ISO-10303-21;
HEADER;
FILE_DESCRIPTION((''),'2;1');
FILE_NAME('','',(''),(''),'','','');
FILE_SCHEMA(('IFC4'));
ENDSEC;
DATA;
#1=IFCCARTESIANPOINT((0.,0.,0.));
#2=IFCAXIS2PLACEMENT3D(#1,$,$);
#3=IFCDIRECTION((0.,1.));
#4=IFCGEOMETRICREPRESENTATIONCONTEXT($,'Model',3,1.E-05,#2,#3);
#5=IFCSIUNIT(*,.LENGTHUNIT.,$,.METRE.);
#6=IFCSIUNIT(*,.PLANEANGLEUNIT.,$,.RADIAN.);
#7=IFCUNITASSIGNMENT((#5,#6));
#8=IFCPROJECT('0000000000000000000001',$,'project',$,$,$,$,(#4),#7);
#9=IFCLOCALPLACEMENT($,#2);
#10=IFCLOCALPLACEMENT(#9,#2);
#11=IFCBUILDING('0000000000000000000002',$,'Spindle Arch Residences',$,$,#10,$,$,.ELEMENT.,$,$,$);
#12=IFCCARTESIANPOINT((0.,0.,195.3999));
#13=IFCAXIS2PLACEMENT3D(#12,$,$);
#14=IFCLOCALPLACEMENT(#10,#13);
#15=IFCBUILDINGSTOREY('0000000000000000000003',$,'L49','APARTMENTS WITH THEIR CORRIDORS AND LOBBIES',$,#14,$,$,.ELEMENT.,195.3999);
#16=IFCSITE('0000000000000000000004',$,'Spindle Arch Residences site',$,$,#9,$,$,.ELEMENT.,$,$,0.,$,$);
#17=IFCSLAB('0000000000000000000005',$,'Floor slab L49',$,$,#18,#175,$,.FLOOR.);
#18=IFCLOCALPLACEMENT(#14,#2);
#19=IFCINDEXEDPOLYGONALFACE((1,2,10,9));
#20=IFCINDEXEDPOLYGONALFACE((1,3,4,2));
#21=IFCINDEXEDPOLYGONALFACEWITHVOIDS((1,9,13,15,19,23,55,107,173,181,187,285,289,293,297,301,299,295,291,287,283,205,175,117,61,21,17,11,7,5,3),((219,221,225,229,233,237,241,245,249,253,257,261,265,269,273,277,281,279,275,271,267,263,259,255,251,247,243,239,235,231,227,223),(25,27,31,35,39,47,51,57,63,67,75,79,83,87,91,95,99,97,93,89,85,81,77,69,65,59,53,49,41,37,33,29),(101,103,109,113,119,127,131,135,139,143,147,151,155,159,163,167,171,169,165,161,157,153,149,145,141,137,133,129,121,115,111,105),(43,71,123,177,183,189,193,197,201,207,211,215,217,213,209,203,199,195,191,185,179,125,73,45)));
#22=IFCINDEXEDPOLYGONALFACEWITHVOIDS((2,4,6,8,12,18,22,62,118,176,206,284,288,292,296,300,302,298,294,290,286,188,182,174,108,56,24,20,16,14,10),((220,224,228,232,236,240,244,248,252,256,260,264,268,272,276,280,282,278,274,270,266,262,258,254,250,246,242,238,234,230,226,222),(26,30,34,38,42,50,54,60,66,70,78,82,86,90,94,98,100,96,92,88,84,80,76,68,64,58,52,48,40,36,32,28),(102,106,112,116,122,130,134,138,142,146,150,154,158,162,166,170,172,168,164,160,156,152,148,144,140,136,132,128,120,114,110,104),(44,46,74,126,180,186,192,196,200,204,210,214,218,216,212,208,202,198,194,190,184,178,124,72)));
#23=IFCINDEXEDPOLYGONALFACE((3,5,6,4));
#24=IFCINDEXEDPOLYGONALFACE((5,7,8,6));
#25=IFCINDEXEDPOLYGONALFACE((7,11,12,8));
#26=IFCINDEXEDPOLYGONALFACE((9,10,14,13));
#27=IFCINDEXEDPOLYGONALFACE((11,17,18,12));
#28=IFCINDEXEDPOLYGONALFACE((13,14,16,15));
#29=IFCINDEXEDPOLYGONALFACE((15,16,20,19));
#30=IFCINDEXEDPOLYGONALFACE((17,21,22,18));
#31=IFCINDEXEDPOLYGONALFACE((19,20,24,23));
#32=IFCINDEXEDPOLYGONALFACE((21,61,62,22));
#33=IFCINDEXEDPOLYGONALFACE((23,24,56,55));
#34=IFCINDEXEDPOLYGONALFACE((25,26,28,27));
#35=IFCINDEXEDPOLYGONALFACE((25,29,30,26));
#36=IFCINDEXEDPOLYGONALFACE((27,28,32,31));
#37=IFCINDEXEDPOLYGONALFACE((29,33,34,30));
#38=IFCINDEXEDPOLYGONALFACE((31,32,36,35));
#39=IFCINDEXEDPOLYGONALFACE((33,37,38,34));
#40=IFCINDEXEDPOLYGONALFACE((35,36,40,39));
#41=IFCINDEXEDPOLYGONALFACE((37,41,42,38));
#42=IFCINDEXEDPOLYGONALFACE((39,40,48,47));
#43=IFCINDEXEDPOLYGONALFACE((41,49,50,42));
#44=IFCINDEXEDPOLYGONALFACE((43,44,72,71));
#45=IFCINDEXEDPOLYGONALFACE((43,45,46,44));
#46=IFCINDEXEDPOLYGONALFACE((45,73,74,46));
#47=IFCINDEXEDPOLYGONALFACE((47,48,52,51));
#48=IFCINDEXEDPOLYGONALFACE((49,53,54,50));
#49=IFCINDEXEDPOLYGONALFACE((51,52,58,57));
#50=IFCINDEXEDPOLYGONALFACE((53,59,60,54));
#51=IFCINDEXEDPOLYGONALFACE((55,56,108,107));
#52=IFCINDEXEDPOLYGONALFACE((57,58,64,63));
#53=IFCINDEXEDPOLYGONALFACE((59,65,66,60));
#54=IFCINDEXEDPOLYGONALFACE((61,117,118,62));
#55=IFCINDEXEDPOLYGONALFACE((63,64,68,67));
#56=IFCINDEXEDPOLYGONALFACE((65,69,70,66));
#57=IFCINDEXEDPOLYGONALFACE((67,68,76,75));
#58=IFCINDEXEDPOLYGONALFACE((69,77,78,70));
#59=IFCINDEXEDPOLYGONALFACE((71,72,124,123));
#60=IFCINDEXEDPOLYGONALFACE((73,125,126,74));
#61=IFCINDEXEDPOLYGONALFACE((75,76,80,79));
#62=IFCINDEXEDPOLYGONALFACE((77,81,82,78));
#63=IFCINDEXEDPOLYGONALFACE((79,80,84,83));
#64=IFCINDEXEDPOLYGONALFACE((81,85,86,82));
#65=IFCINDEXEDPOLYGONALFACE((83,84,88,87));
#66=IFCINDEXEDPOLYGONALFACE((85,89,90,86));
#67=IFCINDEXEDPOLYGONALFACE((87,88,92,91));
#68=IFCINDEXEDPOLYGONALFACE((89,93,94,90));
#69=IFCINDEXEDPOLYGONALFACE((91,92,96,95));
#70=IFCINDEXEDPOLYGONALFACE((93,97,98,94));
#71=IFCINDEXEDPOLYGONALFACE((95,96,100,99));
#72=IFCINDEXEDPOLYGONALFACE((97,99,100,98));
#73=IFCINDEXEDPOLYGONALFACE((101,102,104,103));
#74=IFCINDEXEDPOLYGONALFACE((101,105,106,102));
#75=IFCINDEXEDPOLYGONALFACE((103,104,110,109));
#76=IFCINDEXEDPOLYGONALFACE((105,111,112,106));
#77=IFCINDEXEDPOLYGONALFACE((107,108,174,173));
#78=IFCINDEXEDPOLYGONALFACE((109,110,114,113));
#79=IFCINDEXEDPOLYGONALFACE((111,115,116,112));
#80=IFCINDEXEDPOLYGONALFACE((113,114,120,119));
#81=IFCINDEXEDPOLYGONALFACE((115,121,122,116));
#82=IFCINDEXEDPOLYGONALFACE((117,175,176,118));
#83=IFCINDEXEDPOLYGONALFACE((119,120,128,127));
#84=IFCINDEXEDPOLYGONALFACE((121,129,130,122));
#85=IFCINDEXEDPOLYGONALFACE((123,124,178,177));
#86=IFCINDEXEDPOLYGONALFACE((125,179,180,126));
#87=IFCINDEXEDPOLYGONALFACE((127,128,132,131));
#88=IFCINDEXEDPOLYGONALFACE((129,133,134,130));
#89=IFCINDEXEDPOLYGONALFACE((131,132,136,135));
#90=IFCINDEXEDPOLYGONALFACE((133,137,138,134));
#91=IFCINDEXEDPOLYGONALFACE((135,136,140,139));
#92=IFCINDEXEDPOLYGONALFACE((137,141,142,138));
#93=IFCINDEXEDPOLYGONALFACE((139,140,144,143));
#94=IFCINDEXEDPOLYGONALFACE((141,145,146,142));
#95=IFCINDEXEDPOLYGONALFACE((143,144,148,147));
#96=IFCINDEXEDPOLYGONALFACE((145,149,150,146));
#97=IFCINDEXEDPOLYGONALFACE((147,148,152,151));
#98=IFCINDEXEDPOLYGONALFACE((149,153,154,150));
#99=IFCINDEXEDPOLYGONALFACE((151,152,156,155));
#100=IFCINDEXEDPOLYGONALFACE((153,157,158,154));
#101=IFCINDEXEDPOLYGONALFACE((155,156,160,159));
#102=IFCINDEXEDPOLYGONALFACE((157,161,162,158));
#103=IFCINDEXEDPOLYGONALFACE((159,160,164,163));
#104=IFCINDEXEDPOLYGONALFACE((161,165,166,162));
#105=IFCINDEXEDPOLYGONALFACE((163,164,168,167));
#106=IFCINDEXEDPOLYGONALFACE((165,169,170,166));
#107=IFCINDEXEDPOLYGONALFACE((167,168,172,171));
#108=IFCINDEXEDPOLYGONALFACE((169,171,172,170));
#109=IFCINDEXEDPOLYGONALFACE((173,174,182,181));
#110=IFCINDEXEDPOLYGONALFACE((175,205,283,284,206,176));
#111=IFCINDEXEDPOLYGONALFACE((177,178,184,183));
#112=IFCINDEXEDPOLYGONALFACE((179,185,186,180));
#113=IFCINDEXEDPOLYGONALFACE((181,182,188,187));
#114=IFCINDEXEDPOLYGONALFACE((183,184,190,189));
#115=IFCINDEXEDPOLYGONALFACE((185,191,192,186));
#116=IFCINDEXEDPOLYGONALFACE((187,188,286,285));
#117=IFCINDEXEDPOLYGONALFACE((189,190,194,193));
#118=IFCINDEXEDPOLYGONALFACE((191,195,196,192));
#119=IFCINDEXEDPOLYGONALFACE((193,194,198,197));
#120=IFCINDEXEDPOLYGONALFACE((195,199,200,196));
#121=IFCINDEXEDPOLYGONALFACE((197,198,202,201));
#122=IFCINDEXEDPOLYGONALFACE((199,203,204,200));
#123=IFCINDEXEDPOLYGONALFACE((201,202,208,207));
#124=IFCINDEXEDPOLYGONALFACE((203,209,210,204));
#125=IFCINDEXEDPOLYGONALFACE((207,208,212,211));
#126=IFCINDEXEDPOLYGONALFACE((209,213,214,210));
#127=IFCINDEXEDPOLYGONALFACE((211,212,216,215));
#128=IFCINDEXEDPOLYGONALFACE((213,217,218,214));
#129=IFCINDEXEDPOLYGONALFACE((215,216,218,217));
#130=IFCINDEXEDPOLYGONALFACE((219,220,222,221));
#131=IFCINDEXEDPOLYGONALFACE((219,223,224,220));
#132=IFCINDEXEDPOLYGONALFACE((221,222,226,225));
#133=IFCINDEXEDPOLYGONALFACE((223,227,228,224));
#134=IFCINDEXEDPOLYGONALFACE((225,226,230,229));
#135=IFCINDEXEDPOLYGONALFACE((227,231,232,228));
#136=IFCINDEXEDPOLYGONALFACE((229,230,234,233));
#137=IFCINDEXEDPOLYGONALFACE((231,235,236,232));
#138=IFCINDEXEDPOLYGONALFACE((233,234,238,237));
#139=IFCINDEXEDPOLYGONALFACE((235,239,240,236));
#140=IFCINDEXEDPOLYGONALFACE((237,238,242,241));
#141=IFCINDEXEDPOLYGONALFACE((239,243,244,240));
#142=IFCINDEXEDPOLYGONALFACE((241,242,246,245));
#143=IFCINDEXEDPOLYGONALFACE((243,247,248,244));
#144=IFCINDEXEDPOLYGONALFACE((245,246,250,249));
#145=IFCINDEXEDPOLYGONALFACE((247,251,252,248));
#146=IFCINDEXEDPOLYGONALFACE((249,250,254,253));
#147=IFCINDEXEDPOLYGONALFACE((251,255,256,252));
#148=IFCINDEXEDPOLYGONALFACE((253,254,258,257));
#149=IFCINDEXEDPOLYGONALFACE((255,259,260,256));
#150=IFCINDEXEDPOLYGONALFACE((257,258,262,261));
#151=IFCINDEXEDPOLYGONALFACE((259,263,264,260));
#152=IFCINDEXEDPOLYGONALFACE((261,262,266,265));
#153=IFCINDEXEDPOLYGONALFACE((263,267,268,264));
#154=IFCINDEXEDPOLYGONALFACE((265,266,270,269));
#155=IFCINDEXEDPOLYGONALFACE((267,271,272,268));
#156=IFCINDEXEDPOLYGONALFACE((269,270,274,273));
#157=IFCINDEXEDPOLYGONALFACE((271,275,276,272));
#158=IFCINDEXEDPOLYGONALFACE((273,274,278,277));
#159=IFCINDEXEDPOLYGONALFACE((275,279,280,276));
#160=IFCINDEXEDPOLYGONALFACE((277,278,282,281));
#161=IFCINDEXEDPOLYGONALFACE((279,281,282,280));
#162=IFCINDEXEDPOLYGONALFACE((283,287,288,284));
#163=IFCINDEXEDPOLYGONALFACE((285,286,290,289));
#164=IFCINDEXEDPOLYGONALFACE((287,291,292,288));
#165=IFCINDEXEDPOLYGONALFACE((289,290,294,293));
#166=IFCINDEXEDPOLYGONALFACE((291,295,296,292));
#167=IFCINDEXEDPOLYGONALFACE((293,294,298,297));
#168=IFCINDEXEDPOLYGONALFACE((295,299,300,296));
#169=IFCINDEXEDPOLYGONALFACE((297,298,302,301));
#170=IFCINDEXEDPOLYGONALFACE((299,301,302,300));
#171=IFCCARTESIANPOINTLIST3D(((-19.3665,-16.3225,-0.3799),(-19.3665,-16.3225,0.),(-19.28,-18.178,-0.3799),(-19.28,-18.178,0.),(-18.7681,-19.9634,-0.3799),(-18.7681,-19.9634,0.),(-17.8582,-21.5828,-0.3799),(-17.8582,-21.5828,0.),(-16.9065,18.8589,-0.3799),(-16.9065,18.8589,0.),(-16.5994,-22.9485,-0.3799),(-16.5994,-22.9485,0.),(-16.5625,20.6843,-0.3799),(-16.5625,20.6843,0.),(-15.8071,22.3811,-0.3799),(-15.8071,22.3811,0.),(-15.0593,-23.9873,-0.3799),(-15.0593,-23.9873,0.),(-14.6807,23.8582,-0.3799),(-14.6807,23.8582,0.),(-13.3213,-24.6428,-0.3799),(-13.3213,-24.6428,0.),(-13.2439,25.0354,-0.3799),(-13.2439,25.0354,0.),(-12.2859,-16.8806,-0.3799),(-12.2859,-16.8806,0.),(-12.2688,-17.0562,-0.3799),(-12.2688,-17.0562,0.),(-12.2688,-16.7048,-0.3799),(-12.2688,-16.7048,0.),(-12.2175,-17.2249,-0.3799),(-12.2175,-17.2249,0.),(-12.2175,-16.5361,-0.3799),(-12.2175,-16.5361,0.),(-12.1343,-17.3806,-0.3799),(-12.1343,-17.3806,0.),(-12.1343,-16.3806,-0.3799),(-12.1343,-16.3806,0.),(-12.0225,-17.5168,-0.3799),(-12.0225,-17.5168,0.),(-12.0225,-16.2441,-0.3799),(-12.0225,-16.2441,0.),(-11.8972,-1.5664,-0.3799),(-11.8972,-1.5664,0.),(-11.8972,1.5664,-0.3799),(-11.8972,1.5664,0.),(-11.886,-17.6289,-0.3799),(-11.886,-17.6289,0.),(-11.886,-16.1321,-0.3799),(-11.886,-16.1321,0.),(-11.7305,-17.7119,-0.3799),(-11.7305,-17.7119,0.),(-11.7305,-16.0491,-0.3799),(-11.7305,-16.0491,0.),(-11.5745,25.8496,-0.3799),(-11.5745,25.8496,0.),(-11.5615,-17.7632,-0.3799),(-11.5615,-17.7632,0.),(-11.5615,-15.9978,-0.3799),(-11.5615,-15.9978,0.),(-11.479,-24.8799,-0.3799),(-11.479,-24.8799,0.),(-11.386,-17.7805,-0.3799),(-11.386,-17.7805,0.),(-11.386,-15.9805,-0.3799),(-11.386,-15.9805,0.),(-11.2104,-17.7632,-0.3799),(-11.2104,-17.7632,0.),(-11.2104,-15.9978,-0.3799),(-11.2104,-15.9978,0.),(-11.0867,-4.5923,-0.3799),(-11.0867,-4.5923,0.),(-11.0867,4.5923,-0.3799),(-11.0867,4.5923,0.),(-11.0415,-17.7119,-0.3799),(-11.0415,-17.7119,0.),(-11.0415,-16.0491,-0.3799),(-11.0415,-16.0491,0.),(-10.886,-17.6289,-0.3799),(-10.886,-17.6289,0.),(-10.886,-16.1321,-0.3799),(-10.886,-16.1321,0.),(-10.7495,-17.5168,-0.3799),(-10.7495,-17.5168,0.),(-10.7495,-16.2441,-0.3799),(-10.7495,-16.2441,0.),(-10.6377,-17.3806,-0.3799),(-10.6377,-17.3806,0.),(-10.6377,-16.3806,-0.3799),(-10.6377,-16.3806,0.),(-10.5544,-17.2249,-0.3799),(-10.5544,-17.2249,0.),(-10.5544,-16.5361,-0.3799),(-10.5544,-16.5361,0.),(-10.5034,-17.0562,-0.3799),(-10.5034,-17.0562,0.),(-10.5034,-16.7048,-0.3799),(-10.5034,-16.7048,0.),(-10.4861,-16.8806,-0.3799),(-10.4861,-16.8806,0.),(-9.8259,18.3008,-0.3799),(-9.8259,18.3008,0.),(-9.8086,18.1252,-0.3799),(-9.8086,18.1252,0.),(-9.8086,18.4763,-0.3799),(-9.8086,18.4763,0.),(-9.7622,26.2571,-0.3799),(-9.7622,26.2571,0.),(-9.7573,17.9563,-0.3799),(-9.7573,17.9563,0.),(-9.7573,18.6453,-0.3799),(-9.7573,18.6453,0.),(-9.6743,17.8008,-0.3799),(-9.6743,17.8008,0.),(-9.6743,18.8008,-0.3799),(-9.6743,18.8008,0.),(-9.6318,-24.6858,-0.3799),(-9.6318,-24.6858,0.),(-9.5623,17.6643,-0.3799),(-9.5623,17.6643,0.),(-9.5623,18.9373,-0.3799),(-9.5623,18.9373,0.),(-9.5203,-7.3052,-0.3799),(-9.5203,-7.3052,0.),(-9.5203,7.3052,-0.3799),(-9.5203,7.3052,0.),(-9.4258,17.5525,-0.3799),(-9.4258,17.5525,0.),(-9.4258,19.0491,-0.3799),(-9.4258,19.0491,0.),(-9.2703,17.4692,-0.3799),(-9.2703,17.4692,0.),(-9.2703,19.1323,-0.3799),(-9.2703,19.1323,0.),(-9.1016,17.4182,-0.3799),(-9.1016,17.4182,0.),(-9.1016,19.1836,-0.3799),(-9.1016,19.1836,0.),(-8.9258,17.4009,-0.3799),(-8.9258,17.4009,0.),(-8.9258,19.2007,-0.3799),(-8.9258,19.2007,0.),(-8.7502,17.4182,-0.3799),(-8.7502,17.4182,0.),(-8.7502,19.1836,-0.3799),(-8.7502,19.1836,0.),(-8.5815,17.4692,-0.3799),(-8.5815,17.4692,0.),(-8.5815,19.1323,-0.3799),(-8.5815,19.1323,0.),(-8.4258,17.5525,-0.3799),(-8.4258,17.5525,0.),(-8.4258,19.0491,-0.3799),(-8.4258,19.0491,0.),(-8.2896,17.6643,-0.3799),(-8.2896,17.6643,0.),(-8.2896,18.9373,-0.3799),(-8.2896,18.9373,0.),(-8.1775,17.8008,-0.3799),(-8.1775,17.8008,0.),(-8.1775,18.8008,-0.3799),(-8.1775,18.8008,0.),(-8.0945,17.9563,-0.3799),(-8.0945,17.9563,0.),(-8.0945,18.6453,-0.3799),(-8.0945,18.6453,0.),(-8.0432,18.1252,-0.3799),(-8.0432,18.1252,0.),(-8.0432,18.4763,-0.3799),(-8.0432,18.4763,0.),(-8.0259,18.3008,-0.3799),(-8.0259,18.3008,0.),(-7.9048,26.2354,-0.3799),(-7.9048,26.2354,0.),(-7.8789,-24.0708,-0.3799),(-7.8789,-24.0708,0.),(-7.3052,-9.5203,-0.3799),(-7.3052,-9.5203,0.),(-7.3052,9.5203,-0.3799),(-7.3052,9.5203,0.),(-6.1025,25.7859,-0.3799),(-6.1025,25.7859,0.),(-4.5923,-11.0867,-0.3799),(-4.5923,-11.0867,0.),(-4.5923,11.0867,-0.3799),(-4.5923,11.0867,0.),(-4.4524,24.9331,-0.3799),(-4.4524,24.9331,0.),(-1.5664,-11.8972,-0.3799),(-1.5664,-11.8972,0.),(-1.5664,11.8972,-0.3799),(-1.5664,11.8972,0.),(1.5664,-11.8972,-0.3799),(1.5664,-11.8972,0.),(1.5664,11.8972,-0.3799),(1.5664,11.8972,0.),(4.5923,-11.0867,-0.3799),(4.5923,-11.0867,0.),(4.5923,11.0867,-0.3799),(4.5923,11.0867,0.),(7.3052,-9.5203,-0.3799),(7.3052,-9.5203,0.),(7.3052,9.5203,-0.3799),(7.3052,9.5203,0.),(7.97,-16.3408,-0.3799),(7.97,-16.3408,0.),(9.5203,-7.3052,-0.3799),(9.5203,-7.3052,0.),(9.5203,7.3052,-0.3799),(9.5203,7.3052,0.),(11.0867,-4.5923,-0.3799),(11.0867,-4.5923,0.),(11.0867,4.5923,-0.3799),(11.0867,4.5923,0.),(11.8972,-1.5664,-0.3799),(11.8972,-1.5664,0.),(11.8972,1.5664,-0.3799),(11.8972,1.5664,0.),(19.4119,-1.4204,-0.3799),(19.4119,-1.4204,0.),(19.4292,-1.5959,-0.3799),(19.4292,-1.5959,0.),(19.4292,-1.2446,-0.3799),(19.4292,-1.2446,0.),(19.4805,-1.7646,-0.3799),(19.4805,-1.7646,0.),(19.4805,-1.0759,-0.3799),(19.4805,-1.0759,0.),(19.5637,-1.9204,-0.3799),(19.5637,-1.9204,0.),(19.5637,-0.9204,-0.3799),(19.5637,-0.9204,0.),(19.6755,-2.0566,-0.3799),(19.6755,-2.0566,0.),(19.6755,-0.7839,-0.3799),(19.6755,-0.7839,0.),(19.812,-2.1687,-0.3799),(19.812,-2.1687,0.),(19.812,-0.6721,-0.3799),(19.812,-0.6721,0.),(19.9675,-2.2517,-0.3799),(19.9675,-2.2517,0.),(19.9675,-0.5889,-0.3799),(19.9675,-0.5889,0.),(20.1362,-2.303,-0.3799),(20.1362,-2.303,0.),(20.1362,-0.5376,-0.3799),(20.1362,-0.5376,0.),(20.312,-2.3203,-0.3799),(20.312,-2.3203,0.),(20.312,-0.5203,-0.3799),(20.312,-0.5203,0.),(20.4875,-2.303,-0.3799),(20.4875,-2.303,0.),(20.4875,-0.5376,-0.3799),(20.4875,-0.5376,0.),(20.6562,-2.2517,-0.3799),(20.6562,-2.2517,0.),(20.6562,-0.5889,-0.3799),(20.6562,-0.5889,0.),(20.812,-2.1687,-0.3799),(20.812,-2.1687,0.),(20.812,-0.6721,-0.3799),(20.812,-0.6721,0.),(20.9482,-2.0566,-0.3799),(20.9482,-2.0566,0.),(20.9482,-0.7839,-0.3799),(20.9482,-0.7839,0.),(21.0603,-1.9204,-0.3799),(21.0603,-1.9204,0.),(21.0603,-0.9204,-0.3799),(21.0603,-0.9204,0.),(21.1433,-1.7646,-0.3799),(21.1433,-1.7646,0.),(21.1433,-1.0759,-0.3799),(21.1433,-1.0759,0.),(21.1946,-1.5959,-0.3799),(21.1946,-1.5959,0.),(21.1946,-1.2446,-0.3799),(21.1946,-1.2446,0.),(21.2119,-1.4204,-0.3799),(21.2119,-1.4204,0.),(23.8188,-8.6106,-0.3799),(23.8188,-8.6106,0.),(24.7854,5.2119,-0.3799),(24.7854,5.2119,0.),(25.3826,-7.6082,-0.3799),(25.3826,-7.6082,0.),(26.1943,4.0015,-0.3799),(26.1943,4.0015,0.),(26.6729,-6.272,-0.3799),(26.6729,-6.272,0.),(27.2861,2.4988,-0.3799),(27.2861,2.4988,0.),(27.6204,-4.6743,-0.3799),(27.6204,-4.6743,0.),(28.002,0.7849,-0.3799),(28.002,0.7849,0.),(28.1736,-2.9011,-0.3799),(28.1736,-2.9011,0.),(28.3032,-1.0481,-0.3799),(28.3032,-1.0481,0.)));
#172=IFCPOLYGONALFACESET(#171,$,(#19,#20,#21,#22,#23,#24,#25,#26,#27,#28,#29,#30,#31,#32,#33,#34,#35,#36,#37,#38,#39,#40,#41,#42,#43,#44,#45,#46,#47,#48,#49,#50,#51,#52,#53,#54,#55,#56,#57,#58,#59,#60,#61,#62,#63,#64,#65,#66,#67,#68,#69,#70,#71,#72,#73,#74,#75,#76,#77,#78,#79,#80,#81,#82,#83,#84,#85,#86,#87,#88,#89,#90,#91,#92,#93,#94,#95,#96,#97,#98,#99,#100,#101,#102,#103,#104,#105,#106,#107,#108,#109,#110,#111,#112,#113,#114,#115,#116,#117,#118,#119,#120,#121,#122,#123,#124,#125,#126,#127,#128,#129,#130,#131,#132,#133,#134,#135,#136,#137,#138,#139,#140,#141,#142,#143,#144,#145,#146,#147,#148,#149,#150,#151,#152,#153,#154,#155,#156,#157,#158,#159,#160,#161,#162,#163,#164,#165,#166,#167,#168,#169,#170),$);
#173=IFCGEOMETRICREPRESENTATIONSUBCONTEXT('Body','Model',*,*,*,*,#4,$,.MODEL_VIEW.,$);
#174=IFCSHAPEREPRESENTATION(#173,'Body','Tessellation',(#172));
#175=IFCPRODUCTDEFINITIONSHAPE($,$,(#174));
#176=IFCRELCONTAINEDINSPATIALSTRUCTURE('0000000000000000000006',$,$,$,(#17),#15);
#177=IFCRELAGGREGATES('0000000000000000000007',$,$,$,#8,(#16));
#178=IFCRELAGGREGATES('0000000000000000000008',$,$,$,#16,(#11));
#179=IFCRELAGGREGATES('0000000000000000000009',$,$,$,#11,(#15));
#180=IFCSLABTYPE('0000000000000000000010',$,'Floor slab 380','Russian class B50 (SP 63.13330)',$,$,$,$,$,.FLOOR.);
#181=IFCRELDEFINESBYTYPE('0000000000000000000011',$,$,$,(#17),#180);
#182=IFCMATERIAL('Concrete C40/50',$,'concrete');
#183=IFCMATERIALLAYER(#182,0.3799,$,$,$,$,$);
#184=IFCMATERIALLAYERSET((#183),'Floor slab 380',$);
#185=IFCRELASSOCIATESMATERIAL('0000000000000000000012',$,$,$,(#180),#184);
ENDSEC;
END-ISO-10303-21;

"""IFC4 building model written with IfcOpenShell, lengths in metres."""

from ifc_helpers import new_model, si_unit, direction, frame, origin, place, context, subcontext, project, spatial, polyline, outline, extrude, material, layer, layer_set, type_object, element, save


model = new_model("IFC4")

# Units and contexts
model_context = context("Model", 3, precision=1e-05, world=origin(), true_north=direction((0.0, 1.0)))
body_context = subcontext(model_context, "Body", "Model", "MODEL_VIEW")
ifc_project = project(units=[si_unit("LENGTHUNIT", "METRE"), si_unit("PLANEANGLEUNIT", "RADIAN")], contexts=[model_context])

# Site, building, storey
site_placement = place(None, origin())
site = spatial("IfcSite", under=ifc_project, at=site_placement, Name="Spindle Arch Residences site", CompositionType="ELEMENT", RefElevation=0.0)
building_placement = place(site_placement, origin())
building = spatial("IfcBuilding", under=site, at=building_placement, Name="Spindle Arch Residences", CompositionType="ELEMENT")
storey_placement = place(building_placement, frame((0.0, 0.0, 195.3999)))
storey = spatial("IfcBuildingStorey", under=building, at=storey_placement, Name="L49", Description="APARTMENTS WITH THEIR CORRIDORS AND LOBBIES", CompositionType="ELEMENT", Elevation=195.3999)

# Slab
ifc_material_1 = material(Name="Concrete C40/50", Category="concrete")
ifc_layer_1 = layer(ifc_material_1, 0.3799)
ifc_layer_set_1 = layer_set([ifc_layer_1], Name="Floor slab 380")
slab_type_1 = type_object("IfcSlabType", Name="Floor slab 380", Description="Russian class B50 (SP 63.13330)", PredefinedType="FLOOR", material=ifc_layer_set_1)
slab_1_placement = place(storey_placement, frame((0.0, 0.0, -0.3799)))
element("IfcSlab", 1, at=slab_1_placement, inside=storey, type_object=slab_type_1, Name="Floor slab L49", PredefinedType="FLOOR", context=body_context, shape_type="SweptSolid", body=[
    extrude(outline(polyline([(-9.6318, -24.6858), (-11.479, -24.8799), (-13.3213, -24.6428), (-15.0593, -23.9873), (-16.5994, -22.9485), (-17.8582, -21.5828), (-18.7681, -19.9634), (-19.28, -18.178), (-19.3665, -16.3225), (-16.9065, 18.8589), (-16.5625, 20.6843), (-15.8071, 22.3811), (-14.6807, 23.8582), (-13.2439, 25.0354), (-11.5745, 25.8496), (-9.7622, 26.2571), (-7.9048, 26.2354), (-6.1025, 25.7859), (-4.4524, 24.9331), (24.7854, 5.2119), (26.1943, 4.0015), (27.2861, 2.4988), (28.002, 0.7849), (28.3032, -1.0481), (28.1736, -2.9011), (27.6204, -4.6743), (26.6729, -6.272), (25.3826, -7.6082), (23.8188, -8.6106), (7.97, -16.3408), (-7.8789, -24.0708), (-9.6318, -24.6858)]), holes=[polyline([(7.3052, -9.5203), (9.5203, -7.3052), (11.0867, -4.5923), (11.8972, -1.5664), (11.8972, 1.5664), (11.0867, 4.5923), (9.5203, 7.3052), (7.3052, 9.5203), (4.5923, 11.0867), (1.5664, 11.8972), (-1.5664, 11.8972), (-4.5923, 11.0867), (-7.3052, 9.5203), (-9.5203, 7.3052), (-11.0867, 4.5923), (-11.8972, 1.5664), (-11.8972, -1.5664), (-11.0867, -4.5923), (-9.5203, -7.3052), (-7.3052, -9.5203), (-4.5923, -11.0867), (-1.5664, -11.8972), (1.5664, -11.8972), (4.5923, -11.0867), (7.3052, -9.5203)]), polyline([(-10.6377, -17.3806), (-10.5544, -17.2249), (-10.5034, -17.0562), (-10.4861, -16.8806), (-10.5034, -16.7048), (-10.5544, -16.5361), (-10.6377, -16.3806), (-10.7495, -16.2441), (-10.886, -16.1321), (-11.0415, -16.0491), (-11.2104, -15.9978), (-11.386, -15.9805), (-11.5615, -15.9978), (-11.7305, -16.0491), (-11.886, -16.1321), (-12.0225, -16.2441), (-12.1343, -16.3806), (-12.2175, -16.5361), (-12.2688, -16.7048), (-12.2859, -16.8806), (-12.2688, -17.0562), (-12.2175, -17.2249), (-12.1343, -17.3806), (-12.0225, -17.5168), (-11.886, -17.6289), (-11.7305, -17.7119), (-11.5615, -17.7632), (-11.386, -17.7805), (-11.2104, -17.7632), (-11.0415, -17.7119), (-10.886, -17.6289), (-10.7495, -17.5168), (-10.6377, -17.3806)]), polyline([(-8.1775, 17.8008), (-8.0945, 17.9563), (-8.0432, 18.1252), (-8.0259, 18.3008), (-8.0432, 18.4763), (-8.0945, 18.6453), (-8.1775, 18.8008), (-8.2896, 18.9373), (-8.4258, 19.0491), (-8.5815, 19.1323), (-8.7502, 19.1836), (-8.9258, 19.2007), (-9.1016, 19.1836), (-9.2703, 19.1323), (-9.4258, 19.0491), (-9.5623, 18.9373), (-9.6743, 18.8008), (-9.7573, 18.6453), (-9.8086, 18.4763), (-9.8259, 18.3008), (-9.8086, 18.1252), (-9.7573, 17.9563), (-9.6743, 17.8008), (-9.5623, 17.6643), (-9.4258, 17.5525), (-9.2703, 17.4692), (-9.1016, 17.4182), (-8.9258, 17.4009), (-8.7502, 17.4182), (-8.5815, 17.4692), (-8.4258, 17.5525), (-8.2896, 17.6643), (-8.1775, 17.8008)]), polyline([(20.9482, -2.0566), (21.0603, -1.9204), (21.1433, -1.7646), (21.1946, -1.5959), (21.2119, -1.4204), (21.1946, -1.2446), (21.1433, -1.0759), (21.0603, -0.9204), (20.9482, -0.7839), (20.812, -0.6721), (20.6562, -0.5889), (20.4875, -0.5376), (20.312, -0.5203), (20.1362, -0.5376), (19.9675, -0.5889), (19.812, -0.6721), (19.6755, -0.7839), (19.5637, -0.9204), (19.4805, -1.0759), (19.4292, -1.2446), (19.4119, -1.4204), (19.4292, -1.5959), (19.4805, -1.7646), (19.5637, -1.9204), (19.6755, -2.0566), (19.812, -2.1687), (19.9675, -2.2517), (20.1362, -2.303), (20.312, -2.3203), (20.4875, -2.303), (20.6562, -2.2517), (20.812, -2.1687), (20.9482, -2.0566)])]), origin(), (0.0, 0.0, 1.0), 0.3799),
])

save(model, "model.ifc")
